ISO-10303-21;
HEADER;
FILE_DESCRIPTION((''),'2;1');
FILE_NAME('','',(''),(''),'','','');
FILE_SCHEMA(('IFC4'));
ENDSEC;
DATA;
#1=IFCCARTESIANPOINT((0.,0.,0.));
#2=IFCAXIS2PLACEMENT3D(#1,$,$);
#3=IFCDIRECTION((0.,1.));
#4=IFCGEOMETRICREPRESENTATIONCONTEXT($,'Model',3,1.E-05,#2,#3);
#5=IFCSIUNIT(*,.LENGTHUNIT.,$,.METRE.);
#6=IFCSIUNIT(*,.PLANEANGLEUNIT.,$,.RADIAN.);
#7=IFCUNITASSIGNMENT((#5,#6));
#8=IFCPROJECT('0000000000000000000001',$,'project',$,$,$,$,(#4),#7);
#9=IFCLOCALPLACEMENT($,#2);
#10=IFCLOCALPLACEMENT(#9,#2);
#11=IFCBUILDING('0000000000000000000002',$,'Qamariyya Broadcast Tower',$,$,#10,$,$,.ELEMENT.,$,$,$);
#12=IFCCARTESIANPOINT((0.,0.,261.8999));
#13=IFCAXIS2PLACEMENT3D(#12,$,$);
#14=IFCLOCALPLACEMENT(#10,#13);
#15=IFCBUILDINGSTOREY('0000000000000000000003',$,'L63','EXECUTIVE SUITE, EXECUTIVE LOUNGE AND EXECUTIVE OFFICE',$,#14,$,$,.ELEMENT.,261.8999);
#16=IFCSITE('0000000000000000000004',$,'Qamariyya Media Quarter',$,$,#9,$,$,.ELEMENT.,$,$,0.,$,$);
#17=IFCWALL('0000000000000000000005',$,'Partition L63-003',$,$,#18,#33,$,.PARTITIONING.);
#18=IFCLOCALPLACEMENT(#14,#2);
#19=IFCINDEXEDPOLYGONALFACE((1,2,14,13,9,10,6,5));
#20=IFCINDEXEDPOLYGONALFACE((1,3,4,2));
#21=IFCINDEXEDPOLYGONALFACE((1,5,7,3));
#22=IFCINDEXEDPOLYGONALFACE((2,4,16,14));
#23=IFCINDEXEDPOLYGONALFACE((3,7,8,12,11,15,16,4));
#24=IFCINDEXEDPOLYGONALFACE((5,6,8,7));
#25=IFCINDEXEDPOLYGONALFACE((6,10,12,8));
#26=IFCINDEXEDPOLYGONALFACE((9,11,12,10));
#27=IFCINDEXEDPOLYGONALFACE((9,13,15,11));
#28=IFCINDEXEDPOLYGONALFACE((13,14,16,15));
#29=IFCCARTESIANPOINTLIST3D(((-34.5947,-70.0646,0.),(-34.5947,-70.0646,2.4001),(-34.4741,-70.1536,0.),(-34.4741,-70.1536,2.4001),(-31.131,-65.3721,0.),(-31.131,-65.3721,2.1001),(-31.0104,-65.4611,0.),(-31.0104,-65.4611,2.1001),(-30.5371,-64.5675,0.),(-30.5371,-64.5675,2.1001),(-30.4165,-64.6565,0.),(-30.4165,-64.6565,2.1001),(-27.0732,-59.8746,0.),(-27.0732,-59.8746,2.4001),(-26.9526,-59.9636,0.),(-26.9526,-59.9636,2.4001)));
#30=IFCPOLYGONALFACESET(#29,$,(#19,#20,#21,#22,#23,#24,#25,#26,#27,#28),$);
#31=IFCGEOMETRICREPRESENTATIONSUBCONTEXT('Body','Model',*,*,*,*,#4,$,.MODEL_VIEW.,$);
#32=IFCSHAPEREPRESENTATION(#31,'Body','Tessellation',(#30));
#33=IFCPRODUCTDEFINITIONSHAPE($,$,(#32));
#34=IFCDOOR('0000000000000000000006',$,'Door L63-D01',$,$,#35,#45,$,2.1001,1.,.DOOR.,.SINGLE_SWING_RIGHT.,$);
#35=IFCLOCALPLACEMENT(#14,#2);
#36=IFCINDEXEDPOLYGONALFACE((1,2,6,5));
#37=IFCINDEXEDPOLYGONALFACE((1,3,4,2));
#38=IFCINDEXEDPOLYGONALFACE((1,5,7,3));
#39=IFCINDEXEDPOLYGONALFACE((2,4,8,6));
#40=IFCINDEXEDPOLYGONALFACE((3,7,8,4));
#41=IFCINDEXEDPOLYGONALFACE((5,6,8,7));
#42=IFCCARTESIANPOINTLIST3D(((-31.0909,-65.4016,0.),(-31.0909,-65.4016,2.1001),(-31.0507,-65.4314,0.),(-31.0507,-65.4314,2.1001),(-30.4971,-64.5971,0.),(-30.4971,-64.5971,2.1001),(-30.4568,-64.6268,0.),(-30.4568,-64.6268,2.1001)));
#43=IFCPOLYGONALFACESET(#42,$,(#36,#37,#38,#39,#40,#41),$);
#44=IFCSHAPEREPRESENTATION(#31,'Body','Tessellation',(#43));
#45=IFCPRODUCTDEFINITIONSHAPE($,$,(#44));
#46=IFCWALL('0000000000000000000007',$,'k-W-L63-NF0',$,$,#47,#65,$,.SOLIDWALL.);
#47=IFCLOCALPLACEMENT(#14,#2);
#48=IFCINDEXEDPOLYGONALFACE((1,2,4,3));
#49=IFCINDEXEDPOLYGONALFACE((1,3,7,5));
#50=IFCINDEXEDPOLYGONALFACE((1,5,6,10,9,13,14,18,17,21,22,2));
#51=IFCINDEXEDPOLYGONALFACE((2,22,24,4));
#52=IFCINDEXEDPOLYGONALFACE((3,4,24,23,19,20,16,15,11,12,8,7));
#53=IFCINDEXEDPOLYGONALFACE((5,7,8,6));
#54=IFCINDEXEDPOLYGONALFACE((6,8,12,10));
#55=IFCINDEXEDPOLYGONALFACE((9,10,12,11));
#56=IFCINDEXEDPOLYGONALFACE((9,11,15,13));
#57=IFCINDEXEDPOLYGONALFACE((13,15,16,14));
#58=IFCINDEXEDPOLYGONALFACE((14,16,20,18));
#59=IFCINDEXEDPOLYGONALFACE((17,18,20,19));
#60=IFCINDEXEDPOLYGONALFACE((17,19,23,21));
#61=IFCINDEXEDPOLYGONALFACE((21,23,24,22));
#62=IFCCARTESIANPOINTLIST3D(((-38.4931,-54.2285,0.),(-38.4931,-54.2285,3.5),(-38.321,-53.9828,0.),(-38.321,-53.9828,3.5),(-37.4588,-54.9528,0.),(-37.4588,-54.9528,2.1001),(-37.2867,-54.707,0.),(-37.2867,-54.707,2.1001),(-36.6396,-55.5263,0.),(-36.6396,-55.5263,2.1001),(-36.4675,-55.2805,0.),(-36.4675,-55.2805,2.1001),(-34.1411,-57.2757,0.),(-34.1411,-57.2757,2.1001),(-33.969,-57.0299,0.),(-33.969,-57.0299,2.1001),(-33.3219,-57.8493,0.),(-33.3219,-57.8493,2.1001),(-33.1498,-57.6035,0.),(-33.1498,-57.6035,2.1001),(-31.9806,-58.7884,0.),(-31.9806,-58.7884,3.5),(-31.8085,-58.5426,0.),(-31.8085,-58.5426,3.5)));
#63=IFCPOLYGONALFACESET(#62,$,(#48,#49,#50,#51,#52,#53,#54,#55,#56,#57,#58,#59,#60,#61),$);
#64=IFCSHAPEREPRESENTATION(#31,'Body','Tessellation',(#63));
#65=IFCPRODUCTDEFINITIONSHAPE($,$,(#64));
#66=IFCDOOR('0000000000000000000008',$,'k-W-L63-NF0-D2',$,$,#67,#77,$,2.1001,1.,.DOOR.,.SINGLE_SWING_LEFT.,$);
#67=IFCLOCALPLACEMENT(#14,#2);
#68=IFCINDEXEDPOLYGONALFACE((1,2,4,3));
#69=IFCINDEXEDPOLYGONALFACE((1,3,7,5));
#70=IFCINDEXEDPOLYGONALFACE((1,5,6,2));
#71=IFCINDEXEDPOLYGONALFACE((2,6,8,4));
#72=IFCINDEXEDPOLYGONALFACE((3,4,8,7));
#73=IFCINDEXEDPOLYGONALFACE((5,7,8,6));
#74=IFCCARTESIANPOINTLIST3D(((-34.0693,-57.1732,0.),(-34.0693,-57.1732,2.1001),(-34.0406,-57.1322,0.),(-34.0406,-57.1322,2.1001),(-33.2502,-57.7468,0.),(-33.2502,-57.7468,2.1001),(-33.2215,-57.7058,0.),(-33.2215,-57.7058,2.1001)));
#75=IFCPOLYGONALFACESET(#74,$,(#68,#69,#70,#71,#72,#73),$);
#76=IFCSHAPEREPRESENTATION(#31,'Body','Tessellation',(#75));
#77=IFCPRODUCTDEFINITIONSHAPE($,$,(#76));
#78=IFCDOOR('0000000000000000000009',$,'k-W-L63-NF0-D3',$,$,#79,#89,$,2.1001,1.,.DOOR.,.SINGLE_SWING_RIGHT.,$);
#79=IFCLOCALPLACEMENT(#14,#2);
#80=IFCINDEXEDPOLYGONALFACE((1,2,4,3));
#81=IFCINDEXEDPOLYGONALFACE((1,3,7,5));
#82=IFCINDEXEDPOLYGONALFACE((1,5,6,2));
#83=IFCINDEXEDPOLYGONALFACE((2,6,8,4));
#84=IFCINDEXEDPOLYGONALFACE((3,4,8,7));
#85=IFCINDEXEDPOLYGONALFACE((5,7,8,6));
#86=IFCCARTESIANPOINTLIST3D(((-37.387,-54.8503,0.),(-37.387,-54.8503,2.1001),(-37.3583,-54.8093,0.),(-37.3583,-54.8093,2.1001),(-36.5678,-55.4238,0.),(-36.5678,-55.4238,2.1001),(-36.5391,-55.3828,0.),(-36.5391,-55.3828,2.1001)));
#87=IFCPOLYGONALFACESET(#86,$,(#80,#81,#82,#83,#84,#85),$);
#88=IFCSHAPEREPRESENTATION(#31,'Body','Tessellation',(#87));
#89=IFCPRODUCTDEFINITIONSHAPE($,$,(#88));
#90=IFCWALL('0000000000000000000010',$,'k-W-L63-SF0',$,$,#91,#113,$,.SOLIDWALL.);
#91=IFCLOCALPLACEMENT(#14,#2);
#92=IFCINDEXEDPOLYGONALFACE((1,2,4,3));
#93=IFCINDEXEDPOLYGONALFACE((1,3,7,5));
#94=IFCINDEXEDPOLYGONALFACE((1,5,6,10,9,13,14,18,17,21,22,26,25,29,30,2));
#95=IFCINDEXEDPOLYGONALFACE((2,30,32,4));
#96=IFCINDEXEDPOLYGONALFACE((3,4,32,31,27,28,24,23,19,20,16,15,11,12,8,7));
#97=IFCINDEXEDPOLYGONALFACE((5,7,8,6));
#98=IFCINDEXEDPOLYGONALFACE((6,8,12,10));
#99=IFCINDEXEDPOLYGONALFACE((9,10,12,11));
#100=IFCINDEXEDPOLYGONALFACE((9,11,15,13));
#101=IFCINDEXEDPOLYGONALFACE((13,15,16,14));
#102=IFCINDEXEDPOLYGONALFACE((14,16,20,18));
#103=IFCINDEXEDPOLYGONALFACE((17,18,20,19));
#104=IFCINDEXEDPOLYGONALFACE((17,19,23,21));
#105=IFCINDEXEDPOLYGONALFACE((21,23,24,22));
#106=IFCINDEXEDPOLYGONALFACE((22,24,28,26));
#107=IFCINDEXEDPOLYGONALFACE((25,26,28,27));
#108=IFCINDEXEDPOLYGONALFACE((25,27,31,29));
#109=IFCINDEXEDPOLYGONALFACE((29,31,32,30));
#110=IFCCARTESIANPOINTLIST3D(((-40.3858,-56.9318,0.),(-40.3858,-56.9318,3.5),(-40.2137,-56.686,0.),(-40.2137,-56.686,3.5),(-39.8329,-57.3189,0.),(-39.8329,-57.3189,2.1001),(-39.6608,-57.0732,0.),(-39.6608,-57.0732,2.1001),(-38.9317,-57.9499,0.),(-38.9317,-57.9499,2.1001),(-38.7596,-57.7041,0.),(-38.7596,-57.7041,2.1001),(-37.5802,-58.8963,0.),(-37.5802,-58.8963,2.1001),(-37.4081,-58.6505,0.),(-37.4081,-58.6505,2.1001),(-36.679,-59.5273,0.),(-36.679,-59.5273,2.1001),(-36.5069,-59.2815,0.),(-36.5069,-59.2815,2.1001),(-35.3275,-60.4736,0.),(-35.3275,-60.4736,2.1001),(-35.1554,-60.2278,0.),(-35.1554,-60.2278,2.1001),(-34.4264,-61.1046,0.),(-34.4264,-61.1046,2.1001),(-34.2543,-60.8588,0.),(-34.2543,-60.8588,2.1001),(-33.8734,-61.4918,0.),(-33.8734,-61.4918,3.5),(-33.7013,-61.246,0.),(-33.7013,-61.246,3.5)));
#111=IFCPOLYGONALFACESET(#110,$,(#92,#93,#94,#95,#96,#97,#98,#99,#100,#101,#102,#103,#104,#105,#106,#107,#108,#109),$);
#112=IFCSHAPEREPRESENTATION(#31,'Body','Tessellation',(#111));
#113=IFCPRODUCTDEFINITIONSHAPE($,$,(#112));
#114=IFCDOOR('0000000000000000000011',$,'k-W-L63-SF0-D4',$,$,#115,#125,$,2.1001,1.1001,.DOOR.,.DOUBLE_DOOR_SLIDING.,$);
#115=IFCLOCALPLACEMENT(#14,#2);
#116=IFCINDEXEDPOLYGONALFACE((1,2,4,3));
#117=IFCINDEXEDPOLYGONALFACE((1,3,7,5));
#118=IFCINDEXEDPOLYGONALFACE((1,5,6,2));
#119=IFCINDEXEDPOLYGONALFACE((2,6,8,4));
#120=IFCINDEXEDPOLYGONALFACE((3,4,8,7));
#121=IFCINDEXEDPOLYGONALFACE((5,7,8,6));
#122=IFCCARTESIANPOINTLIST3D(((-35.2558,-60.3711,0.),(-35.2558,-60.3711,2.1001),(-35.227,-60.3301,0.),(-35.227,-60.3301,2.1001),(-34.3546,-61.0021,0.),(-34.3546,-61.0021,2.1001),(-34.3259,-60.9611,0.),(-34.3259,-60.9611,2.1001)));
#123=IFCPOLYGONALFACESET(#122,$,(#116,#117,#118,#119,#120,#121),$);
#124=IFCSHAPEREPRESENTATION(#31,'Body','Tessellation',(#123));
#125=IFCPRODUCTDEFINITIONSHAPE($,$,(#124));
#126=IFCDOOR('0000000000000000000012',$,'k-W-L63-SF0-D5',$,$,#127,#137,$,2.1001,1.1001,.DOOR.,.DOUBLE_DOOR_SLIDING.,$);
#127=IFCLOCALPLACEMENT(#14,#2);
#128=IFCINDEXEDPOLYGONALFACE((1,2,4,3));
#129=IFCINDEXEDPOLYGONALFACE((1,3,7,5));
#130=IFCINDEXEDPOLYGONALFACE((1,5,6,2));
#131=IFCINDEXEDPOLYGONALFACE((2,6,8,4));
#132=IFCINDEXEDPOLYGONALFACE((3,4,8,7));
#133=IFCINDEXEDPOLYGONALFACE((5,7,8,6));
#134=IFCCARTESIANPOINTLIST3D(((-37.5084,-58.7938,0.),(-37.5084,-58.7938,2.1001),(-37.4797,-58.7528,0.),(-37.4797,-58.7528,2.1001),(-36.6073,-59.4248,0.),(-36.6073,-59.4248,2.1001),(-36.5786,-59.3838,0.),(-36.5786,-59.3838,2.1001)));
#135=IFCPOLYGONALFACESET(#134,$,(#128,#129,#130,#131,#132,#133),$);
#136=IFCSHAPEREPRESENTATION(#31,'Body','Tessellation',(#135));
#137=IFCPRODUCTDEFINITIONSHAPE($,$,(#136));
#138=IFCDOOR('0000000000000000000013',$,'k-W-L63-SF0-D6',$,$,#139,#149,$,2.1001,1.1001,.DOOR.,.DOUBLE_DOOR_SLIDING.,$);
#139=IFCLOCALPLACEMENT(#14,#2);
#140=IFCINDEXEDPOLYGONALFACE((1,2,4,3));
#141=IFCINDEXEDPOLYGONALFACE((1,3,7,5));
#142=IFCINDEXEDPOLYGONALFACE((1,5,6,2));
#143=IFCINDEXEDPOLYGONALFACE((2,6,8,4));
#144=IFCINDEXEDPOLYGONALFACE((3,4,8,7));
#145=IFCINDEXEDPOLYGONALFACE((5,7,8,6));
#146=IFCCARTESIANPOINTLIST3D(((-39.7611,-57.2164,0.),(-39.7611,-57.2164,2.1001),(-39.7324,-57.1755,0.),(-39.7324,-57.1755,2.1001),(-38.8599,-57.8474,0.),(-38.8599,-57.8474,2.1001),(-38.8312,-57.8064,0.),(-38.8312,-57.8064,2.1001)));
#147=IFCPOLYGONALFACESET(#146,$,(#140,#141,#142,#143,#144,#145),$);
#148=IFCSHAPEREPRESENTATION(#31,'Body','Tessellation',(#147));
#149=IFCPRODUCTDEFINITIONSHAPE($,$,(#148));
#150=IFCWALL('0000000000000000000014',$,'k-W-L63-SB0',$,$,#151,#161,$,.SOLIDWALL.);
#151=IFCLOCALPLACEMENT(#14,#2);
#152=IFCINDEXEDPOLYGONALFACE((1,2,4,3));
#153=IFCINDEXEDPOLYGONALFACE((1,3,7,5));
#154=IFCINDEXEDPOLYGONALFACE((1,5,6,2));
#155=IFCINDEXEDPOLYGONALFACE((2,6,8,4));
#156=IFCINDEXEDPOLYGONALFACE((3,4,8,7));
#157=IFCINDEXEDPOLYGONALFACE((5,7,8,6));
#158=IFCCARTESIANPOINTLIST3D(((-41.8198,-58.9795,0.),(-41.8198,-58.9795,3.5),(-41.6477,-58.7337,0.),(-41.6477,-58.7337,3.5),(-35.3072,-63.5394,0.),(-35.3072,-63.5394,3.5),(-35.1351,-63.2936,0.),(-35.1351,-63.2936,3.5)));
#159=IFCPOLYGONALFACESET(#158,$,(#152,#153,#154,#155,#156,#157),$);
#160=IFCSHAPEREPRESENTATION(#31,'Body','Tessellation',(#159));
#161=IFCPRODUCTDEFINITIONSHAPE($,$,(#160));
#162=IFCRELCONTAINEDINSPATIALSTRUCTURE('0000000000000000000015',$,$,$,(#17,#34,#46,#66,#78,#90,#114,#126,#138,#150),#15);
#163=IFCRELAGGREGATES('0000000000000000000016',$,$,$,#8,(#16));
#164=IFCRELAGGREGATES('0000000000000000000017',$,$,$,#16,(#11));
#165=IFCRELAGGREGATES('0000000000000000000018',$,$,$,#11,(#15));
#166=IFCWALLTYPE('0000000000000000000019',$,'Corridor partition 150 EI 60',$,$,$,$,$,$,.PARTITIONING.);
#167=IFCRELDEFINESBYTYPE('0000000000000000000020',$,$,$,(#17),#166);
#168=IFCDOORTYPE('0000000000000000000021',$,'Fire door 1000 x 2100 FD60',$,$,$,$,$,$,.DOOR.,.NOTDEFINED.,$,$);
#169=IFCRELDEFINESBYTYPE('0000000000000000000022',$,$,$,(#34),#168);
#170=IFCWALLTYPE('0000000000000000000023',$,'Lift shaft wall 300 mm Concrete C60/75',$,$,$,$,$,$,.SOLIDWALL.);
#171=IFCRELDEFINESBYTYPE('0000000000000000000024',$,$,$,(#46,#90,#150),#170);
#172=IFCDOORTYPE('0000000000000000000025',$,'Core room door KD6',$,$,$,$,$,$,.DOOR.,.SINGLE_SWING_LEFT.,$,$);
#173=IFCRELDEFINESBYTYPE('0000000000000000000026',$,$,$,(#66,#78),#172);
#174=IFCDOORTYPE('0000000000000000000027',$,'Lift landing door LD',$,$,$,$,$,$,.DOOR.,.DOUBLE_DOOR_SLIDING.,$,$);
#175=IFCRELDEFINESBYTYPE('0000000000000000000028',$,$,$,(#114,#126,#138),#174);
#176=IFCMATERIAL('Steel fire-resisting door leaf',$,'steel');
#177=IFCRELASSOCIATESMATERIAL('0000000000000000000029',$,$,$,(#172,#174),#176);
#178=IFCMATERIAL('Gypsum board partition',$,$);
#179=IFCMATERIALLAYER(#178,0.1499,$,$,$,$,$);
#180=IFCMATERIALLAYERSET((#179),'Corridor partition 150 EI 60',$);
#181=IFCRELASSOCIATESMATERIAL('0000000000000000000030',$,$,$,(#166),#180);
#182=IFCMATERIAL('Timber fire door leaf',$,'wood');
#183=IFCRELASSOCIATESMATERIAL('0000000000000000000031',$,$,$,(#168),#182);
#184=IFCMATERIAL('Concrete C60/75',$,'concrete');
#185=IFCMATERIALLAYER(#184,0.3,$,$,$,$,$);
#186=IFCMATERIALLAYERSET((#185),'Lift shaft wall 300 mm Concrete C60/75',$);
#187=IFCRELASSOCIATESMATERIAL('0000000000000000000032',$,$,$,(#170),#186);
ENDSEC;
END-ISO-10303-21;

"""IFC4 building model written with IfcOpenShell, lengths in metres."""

from ifc_helpers import new_model, si_unit, direction, frame, frame_2d, origin, place, context, subcontext, project, spatial, rectangle, extrude, material, layer, layer_set, type_object, element, fill, save


model = new_model("IFC4")

# Units and contexts
model_context = context("Model", 3, precision=1e-05, world=origin(), true_north=direction((0.0, 1.0)))
body_context = subcontext(model_context, "Body", "Model", "MODEL_VIEW")
ifc_project = project(units=[si_unit("LENGTHUNIT", "METRE"), si_unit("PLANEANGLEUNIT", "RADIAN")], contexts=[model_context])

# Site, building, storey
site_placement = place(None, origin())
site = spatial("IfcSite", under=ifc_project, at=site_placement, Name="Qamariyya Media Quarter", CompositionType="ELEMENT", RefElevation=0.0)
building_placement = place(site_placement, origin())
building = spatial("IfcBuilding", under=site, at=building_placement, Name="Qamariyya Broadcast Tower", CompositionType="ELEMENT")
storey_placement = place(building_placement, frame((0.0, 0.0, 261.8999)))
storey = spatial("IfcBuildingStorey", under=building, at=storey_placement, Name="L63", Description="EXECUTIVE SUITE, EXECUTIVE LOUNGE AND EXECUTIVE OFFICE", CompositionType="ELEMENT", Elevation=261.8999)

# Shared definitions
ifc_material_1 = material(Name="Concrete C60/75", Category="concrete")
ifc_material_2 = material(Name="Steel fire-resisting door leaf", Category="steel")

# Shared definitions
door_type_1 = type_object("IfcDoorType", Name="Core room door KD6", OperationType="SINGLE_SWING_LEFT", PredefinedType="DOOR", material=ifc_material_2)

# Wall, opening, door
ifc_material_3 = material(Name="Gypsum board partition")
ifc_layer_1 = layer(ifc_material_3, 0.1499)
ifc_layer_set_1 = layer_set([ifc_layer_1], Name="Corridor partition 150 EI 60")
wall_type_1 = type_object("IfcWallType", Name="Corridor partition 150 EI 60", PredefinedType="PARTITIONING", material=ifc_layer_set_1)
wall_1_placement = place(storey_placement, frame((-27.0129, -59.9192, 0.0), z_axis=(0.0, 0.0, 1.0), x_axis=(-0.59387, -0.804561, 0.0)))
wall_1 = element("IfcWall", 1, at=wall_1_placement, inside=storey, type_object=wall_type_1, Name="Partition L63-003", PredefinedType="PARTITIONING", context=body_context, shape_type="SweptSolid", body=[
    extrude(rectangle(XDim=12.6653, YDim=0.1499, at=frame_2d((6.3325, 0.0))), origin(), (0.0, 0.0, 1.0), 2.4001),
])
opening_1_placement = place(wall_1_placement, frame((5.8328, 0.0, 0.0)))
opening_1 = element("IfcOpeningElement", 2, at=opening_1_placement, cuts=wall_1, PredefinedType="OPENING", context=body_context, shape_type="SweptSolid", body=[
    extrude(rectangle(XDim=1.0, YDim=2.1001, at=frame_2d((0.5, 1.05))), frame((0.0, 0.085, 0.0), z_axis=(0.0, -1.0, 0.0), x_axis=(1.0, 0.0, 0.0)), (0.0, 0.0, 1.0), 0.1699),
])
ifc_material_4 = material(Name="Timber fire door leaf", Category="wood")
door_type_2 = type_object("IfcDoorType", Name="Fire door 1000 x 2100 FD60", OperationType="NOTDEFINED", PredefinedType="DOOR", material=ifc_material_4)
door_1_placement = place(opening_1_placement, origin())
door_1 = element("IfcDoor", 3, at=door_1_placement, inside=storey, type_object=door_type_2, Name="Door L63-D01", OperationType="SINGLE_SWING_RIGHT", OverallHeight=2.1001, OverallWidth=1.0, PredefinedType="DOOR", context=body_context, shape_type="SweptSolid", body=[
    extrude(rectangle(XDim=1.0, YDim=2.1001, at=frame_2d((0.5, 1.05))), frame((0.0, 0.0249, 0.0), z_axis=(0.0, -1.0, 0.0), x_axis=(1.0, 0.0, 0.0)), (0.0, 0.0, 1.0), 0.05),
])
fill(opening_1, door_1)

# Walls, openings, doors
ifc_layer_2 = layer(ifc_material_1, 0.3)
ifc_layer_set_2 = layer_set([ifc_layer_2], Name="Lift shaft wall 300 mm Concrete C60/75")
wall_type_2 = type_object("IfcWallType", Name="Lift shaft wall 300 mm Concrete C60/75", PredefinedType="SOLIDWALL", material=ifc_layer_set_2)
wall_2_placement = place(storey_placement, frame((-31.8945, -58.6655, 0.0), z_axis=(0.0, 0.0, 1.0), x_axis=(-0.819167, 0.573555, 0.0)))
wall_2 = element("IfcWall", 4, at=wall_2_placement, inside=storey, type_object=wall_type_2, Name="k-W-L63-NF0", PredefinedType="SOLIDWALL", context=body_context, shape_type="SweptSolid", body=[
    extrude(rectangle(XDim=7.9502, YDim=0.3, at=frame_2d((3.9751, 0.0))), origin(), (0.0, 0.0, 1.0), 3.5),
])
opening_2_placement = place(wall_2_placement, frame((1.6375, 0.0, 0.0)))
opening_2 = element("IfcOpeningElement", 5, at=opening_2_placement, cuts=wall_2, PredefinedType="OPENING", context=body_context, shape_type="SweptSolid", body=[
    extrude(rectangle(XDim=1.0, YDim=2.1001, at=frame_2d((0.5, 1.05))), frame((0.0, 0.1599, 0.0), z_axis=(0.0, -1.0, 0.0), x_axis=(1.0, 0.0, 0.0)), (0.0, 0.0, 1.0), 0.3201),
])
opening_3_placement = place(wall_2_placement, frame((5.6875, 0.0, 0.0)))
opening_3 = element("IfcOpeningElement", 6, at=opening_3_placement, cuts=wall_2, PredefinedType="OPENING", context=body_context, shape_type="SweptSolid", body=[
    extrude(rectangle(XDim=1.0, YDim=2.1001, at=frame_2d((0.5, 1.05))), frame((0.0, 0.1599, 0.0), z_axis=(0.0, -1.0, 0.0), x_axis=(1.0, 0.0, 0.0)), (0.0, 0.0, 1.0), 0.3201),
])
door_2_placement = place(opening_2_placement, origin())
door_2 = element("IfcDoor", 7, at=door_2_placement, inside=storey, type_object=door_type_1, Name="k-W-L63-NF0-D2", OperationType="SINGLE_SWING_LEFT", OverallHeight=2.1001, OverallWidth=1.0, PredefinedType="DOOR", context=body_context, shape_type="SweptSolid", body=[
    extrude(rectangle(XDim=1.0, YDim=2.1001, at=frame_2d((0.5, 1.05))), frame((0.0, 0.0249, 0.0), z_axis=(0.0, -1.0, 0.0), x_axis=(1.0, 0.0, 0.0)), (0.0, 0.0, 1.0), 0.05),
])
fill(opening_2, door_2)
door_3_placement = place(opening_3_placement, origin())
door_3 = element("IfcDoor", 8, at=door_3_placement, inside=storey, type_object=door_type_1, Name="k-W-L63-NF0-D3", OperationType="SINGLE_SWING_RIGHT", OverallHeight=2.1001, OverallWidth=1.0, PredefinedType="DOOR", context=body_context, shape_type="SweptSolid", body=[
    extrude(rectangle(XDim=1.0, YDim=2.1001, at=frame_2d((0.5, 1.05))), frame((0.0, 0.0249, 0.0), z_axis=(0.0, -1.0, 0.0), x_axis=(1.0, 0.0, 0.0)), (0.0, 0.0, 1.0), 0.05),
])
fill(opening_3, door_3)
wall_3_placement = place(storey_placement, frame((-33.7874, -61.3689, 0.0), z_axis=(0.0, 0.0, 1.0), x_axis=(-0.819153, 0.573576, 0.0)))
wall_3 = element("IfcWall", 9, at=wall_3_placement, inside=storey, type_object=wall_type_2, Name="k-W-L63-SF0", PredefinedType="SOLIDWALL", context=body_context, shape_type="SweptSolid", body=[
    extrude(rectangle(XDim=7.9502, YDim=0.3, at=frame_2d((3.9751, 0.0))), origin(), (0.0, 0.0, 1.0), 3.5),
])
opening_4_placement = place(wall_3_placement, frame((0.675, 0.0, 0.0)))
opening_4 = element("IfcOpeningElement", 10, at=opening_4_placement, cuts=wall_3, PredefinedType="OPENING", context=body_context, shape_type="SweptSolid", body=[
    extrude(rectangle(XDim=1.1001, YDim=2.1001, at=frame_2d((0.55, 1.05))), frame((0.0, 0.1599, 0.0), z_axis=(0.0, -1.0, 0.0), x_axis=(1.0, 0.0, 0.0)), (0.0, 0.0, 1.0), 0.3201),
])
opening_5_placement = place(wall_3_placement, frame((3.425, 0.0, 0.0)))
opening_5 = element("IfcOpeningElement", 11, at=opening_5_placement, cuts=wall_3, PredefinedType="OPENING", context=body_context, shape_type="SweptSolid", body=[
    extrude(rectangle(XDim=1.1001, YDim=2.1001, at=frame_2d((0.55, 1.05))), frame((0.0, 0.1599, 0.0), z_axis=(0.0, -1.0, 0.0), x_axis=(1.0, 0.0, 0.0)), (0.0, 0.0, 1.0), 0.3201),
])
opening_6_placement = place(wall_3_placement, frame((6.175, 0.0, 0.0)))
opening_6 = element("IfcOpeningElement", 12, at=opening_6_placement, cuts=wall_3, PredefinedType="OPENING", context=body_context, shape_type="SweptSolid", body=[
    extrude(rectangle(XDim=1.1001, YDim=2.1001, at=frame_2d((0.55, 1.05))), frame((0.0, 0.1599, 0.0), z_axis=(0.0, -1.0, 0.0), x_axis=(1.0, 0.0, 0.0)), (0.0, 0.0, 1.0), 0.3201),
])
door_type_3 = type_object("IfcDoorType", Name="Lift landing door LD", OperationType="DOUBLE_DOOR_SLIDING", PredefinedType="DOOR", material=ifc_material_2)
door_4_placement = place(opening_4_placement, origin())
door_4 = element("IfcDoor", 13, at=door_4_placement, inside=storey, type_object=door_type_3, Name="k-W-L63-SF0-D4", OperationType="DOUBLE_DOOR_SLIDING", OverallHeight=2.1001, OverallWidth=1.1001, PredefinedType="DOOR", context=body_context, shape_type="SweptSolid", body=[
    extrude(rectangle(XDim=1.1001, YDim=2.1001, at=frame_2d((0.55, 1.05))), frame((0.0, 0.0249, 0.0), z_axis=(0.0, -1.0, 0.0), x_axis=(1.0, 0.0, 0.0)), (0.0, 0.0, 1.0), 0.05),
])
fill(opening_4, door_4)
door_5_placement = place(opening_5_placement, origin())
door_5 = element("IfcDoor", 14, at=door_5_placement, inside=storey, type_object=door_type_3, Name="k-W-L63-SF0-D5", OperationType="DOUBLE_DOOR_SLIDING", OverallHeight=2.1001, OverallWidth=1.1001, PredefinedType="DOOR", context=body_context, shape_type="SweptSolid", body=[
    extrude(rectangle(XDim=1.1001, YDim=2.1001, at=frame_2d((0.55, 1.05))), frame((0.0, 0.0249, 0.0), z_axis=(0.0, -1.0, 0.0), x_axis=(1.0, 0.0, 0.0)), (0.0, 0.0, 1.0), 0.05),
])
fill(opening_5, door_5)
door_6_placement = place(opening_6_placement, origin())
door_6 = element("IfcDoor", 15, at=door_6_placement, inside=storey, type_object=door_type_3, Name="k-W-L63-SF0-D6", OperationType="DOUBLE_DOOR_SLIDING", OverallHeight=2.1001, OverallWidth=1.1001, PredefinedType="DOOR", context=body_context, shape_type="SweptSolid", body=[
    extrude(rectangle(XDim=1.1001, YDim=2.1001, at=frame_2d((0.55, 1.05))), frame((0.0, 0.0249, 0.0), z_axis=(0.0, -1.0, 0.0), x_axis=(1.0, 0.0, 0.0)), (0.0, 0.0, 1.0), 0.05),
])
fill(opening_6, door_6)

# Wall
wall_4_placement = place(storey_placement, frame((-35.2212, -63.4165, 0.0), z_axis=(0.0, 0.0, 1.0), x_axis=(-0.819167, 0.573555, 0.0)))
element("IfcWall", 16, at=wall_4_placement, inside=storey, type_object=wall_type_2, Name="k-W-L63-SB0", PredefinedType="SOLIDWALL", context=body_context, shape_type="SweptSolid", body=[
    extrude(rectangle(XDim=7.9502, YDim=0.3, at=frame_2d((3.9751, 0.0))), origin(), (0.0, 0.0, 1.0), 3.5),
])

save(model, "model.ifc")
